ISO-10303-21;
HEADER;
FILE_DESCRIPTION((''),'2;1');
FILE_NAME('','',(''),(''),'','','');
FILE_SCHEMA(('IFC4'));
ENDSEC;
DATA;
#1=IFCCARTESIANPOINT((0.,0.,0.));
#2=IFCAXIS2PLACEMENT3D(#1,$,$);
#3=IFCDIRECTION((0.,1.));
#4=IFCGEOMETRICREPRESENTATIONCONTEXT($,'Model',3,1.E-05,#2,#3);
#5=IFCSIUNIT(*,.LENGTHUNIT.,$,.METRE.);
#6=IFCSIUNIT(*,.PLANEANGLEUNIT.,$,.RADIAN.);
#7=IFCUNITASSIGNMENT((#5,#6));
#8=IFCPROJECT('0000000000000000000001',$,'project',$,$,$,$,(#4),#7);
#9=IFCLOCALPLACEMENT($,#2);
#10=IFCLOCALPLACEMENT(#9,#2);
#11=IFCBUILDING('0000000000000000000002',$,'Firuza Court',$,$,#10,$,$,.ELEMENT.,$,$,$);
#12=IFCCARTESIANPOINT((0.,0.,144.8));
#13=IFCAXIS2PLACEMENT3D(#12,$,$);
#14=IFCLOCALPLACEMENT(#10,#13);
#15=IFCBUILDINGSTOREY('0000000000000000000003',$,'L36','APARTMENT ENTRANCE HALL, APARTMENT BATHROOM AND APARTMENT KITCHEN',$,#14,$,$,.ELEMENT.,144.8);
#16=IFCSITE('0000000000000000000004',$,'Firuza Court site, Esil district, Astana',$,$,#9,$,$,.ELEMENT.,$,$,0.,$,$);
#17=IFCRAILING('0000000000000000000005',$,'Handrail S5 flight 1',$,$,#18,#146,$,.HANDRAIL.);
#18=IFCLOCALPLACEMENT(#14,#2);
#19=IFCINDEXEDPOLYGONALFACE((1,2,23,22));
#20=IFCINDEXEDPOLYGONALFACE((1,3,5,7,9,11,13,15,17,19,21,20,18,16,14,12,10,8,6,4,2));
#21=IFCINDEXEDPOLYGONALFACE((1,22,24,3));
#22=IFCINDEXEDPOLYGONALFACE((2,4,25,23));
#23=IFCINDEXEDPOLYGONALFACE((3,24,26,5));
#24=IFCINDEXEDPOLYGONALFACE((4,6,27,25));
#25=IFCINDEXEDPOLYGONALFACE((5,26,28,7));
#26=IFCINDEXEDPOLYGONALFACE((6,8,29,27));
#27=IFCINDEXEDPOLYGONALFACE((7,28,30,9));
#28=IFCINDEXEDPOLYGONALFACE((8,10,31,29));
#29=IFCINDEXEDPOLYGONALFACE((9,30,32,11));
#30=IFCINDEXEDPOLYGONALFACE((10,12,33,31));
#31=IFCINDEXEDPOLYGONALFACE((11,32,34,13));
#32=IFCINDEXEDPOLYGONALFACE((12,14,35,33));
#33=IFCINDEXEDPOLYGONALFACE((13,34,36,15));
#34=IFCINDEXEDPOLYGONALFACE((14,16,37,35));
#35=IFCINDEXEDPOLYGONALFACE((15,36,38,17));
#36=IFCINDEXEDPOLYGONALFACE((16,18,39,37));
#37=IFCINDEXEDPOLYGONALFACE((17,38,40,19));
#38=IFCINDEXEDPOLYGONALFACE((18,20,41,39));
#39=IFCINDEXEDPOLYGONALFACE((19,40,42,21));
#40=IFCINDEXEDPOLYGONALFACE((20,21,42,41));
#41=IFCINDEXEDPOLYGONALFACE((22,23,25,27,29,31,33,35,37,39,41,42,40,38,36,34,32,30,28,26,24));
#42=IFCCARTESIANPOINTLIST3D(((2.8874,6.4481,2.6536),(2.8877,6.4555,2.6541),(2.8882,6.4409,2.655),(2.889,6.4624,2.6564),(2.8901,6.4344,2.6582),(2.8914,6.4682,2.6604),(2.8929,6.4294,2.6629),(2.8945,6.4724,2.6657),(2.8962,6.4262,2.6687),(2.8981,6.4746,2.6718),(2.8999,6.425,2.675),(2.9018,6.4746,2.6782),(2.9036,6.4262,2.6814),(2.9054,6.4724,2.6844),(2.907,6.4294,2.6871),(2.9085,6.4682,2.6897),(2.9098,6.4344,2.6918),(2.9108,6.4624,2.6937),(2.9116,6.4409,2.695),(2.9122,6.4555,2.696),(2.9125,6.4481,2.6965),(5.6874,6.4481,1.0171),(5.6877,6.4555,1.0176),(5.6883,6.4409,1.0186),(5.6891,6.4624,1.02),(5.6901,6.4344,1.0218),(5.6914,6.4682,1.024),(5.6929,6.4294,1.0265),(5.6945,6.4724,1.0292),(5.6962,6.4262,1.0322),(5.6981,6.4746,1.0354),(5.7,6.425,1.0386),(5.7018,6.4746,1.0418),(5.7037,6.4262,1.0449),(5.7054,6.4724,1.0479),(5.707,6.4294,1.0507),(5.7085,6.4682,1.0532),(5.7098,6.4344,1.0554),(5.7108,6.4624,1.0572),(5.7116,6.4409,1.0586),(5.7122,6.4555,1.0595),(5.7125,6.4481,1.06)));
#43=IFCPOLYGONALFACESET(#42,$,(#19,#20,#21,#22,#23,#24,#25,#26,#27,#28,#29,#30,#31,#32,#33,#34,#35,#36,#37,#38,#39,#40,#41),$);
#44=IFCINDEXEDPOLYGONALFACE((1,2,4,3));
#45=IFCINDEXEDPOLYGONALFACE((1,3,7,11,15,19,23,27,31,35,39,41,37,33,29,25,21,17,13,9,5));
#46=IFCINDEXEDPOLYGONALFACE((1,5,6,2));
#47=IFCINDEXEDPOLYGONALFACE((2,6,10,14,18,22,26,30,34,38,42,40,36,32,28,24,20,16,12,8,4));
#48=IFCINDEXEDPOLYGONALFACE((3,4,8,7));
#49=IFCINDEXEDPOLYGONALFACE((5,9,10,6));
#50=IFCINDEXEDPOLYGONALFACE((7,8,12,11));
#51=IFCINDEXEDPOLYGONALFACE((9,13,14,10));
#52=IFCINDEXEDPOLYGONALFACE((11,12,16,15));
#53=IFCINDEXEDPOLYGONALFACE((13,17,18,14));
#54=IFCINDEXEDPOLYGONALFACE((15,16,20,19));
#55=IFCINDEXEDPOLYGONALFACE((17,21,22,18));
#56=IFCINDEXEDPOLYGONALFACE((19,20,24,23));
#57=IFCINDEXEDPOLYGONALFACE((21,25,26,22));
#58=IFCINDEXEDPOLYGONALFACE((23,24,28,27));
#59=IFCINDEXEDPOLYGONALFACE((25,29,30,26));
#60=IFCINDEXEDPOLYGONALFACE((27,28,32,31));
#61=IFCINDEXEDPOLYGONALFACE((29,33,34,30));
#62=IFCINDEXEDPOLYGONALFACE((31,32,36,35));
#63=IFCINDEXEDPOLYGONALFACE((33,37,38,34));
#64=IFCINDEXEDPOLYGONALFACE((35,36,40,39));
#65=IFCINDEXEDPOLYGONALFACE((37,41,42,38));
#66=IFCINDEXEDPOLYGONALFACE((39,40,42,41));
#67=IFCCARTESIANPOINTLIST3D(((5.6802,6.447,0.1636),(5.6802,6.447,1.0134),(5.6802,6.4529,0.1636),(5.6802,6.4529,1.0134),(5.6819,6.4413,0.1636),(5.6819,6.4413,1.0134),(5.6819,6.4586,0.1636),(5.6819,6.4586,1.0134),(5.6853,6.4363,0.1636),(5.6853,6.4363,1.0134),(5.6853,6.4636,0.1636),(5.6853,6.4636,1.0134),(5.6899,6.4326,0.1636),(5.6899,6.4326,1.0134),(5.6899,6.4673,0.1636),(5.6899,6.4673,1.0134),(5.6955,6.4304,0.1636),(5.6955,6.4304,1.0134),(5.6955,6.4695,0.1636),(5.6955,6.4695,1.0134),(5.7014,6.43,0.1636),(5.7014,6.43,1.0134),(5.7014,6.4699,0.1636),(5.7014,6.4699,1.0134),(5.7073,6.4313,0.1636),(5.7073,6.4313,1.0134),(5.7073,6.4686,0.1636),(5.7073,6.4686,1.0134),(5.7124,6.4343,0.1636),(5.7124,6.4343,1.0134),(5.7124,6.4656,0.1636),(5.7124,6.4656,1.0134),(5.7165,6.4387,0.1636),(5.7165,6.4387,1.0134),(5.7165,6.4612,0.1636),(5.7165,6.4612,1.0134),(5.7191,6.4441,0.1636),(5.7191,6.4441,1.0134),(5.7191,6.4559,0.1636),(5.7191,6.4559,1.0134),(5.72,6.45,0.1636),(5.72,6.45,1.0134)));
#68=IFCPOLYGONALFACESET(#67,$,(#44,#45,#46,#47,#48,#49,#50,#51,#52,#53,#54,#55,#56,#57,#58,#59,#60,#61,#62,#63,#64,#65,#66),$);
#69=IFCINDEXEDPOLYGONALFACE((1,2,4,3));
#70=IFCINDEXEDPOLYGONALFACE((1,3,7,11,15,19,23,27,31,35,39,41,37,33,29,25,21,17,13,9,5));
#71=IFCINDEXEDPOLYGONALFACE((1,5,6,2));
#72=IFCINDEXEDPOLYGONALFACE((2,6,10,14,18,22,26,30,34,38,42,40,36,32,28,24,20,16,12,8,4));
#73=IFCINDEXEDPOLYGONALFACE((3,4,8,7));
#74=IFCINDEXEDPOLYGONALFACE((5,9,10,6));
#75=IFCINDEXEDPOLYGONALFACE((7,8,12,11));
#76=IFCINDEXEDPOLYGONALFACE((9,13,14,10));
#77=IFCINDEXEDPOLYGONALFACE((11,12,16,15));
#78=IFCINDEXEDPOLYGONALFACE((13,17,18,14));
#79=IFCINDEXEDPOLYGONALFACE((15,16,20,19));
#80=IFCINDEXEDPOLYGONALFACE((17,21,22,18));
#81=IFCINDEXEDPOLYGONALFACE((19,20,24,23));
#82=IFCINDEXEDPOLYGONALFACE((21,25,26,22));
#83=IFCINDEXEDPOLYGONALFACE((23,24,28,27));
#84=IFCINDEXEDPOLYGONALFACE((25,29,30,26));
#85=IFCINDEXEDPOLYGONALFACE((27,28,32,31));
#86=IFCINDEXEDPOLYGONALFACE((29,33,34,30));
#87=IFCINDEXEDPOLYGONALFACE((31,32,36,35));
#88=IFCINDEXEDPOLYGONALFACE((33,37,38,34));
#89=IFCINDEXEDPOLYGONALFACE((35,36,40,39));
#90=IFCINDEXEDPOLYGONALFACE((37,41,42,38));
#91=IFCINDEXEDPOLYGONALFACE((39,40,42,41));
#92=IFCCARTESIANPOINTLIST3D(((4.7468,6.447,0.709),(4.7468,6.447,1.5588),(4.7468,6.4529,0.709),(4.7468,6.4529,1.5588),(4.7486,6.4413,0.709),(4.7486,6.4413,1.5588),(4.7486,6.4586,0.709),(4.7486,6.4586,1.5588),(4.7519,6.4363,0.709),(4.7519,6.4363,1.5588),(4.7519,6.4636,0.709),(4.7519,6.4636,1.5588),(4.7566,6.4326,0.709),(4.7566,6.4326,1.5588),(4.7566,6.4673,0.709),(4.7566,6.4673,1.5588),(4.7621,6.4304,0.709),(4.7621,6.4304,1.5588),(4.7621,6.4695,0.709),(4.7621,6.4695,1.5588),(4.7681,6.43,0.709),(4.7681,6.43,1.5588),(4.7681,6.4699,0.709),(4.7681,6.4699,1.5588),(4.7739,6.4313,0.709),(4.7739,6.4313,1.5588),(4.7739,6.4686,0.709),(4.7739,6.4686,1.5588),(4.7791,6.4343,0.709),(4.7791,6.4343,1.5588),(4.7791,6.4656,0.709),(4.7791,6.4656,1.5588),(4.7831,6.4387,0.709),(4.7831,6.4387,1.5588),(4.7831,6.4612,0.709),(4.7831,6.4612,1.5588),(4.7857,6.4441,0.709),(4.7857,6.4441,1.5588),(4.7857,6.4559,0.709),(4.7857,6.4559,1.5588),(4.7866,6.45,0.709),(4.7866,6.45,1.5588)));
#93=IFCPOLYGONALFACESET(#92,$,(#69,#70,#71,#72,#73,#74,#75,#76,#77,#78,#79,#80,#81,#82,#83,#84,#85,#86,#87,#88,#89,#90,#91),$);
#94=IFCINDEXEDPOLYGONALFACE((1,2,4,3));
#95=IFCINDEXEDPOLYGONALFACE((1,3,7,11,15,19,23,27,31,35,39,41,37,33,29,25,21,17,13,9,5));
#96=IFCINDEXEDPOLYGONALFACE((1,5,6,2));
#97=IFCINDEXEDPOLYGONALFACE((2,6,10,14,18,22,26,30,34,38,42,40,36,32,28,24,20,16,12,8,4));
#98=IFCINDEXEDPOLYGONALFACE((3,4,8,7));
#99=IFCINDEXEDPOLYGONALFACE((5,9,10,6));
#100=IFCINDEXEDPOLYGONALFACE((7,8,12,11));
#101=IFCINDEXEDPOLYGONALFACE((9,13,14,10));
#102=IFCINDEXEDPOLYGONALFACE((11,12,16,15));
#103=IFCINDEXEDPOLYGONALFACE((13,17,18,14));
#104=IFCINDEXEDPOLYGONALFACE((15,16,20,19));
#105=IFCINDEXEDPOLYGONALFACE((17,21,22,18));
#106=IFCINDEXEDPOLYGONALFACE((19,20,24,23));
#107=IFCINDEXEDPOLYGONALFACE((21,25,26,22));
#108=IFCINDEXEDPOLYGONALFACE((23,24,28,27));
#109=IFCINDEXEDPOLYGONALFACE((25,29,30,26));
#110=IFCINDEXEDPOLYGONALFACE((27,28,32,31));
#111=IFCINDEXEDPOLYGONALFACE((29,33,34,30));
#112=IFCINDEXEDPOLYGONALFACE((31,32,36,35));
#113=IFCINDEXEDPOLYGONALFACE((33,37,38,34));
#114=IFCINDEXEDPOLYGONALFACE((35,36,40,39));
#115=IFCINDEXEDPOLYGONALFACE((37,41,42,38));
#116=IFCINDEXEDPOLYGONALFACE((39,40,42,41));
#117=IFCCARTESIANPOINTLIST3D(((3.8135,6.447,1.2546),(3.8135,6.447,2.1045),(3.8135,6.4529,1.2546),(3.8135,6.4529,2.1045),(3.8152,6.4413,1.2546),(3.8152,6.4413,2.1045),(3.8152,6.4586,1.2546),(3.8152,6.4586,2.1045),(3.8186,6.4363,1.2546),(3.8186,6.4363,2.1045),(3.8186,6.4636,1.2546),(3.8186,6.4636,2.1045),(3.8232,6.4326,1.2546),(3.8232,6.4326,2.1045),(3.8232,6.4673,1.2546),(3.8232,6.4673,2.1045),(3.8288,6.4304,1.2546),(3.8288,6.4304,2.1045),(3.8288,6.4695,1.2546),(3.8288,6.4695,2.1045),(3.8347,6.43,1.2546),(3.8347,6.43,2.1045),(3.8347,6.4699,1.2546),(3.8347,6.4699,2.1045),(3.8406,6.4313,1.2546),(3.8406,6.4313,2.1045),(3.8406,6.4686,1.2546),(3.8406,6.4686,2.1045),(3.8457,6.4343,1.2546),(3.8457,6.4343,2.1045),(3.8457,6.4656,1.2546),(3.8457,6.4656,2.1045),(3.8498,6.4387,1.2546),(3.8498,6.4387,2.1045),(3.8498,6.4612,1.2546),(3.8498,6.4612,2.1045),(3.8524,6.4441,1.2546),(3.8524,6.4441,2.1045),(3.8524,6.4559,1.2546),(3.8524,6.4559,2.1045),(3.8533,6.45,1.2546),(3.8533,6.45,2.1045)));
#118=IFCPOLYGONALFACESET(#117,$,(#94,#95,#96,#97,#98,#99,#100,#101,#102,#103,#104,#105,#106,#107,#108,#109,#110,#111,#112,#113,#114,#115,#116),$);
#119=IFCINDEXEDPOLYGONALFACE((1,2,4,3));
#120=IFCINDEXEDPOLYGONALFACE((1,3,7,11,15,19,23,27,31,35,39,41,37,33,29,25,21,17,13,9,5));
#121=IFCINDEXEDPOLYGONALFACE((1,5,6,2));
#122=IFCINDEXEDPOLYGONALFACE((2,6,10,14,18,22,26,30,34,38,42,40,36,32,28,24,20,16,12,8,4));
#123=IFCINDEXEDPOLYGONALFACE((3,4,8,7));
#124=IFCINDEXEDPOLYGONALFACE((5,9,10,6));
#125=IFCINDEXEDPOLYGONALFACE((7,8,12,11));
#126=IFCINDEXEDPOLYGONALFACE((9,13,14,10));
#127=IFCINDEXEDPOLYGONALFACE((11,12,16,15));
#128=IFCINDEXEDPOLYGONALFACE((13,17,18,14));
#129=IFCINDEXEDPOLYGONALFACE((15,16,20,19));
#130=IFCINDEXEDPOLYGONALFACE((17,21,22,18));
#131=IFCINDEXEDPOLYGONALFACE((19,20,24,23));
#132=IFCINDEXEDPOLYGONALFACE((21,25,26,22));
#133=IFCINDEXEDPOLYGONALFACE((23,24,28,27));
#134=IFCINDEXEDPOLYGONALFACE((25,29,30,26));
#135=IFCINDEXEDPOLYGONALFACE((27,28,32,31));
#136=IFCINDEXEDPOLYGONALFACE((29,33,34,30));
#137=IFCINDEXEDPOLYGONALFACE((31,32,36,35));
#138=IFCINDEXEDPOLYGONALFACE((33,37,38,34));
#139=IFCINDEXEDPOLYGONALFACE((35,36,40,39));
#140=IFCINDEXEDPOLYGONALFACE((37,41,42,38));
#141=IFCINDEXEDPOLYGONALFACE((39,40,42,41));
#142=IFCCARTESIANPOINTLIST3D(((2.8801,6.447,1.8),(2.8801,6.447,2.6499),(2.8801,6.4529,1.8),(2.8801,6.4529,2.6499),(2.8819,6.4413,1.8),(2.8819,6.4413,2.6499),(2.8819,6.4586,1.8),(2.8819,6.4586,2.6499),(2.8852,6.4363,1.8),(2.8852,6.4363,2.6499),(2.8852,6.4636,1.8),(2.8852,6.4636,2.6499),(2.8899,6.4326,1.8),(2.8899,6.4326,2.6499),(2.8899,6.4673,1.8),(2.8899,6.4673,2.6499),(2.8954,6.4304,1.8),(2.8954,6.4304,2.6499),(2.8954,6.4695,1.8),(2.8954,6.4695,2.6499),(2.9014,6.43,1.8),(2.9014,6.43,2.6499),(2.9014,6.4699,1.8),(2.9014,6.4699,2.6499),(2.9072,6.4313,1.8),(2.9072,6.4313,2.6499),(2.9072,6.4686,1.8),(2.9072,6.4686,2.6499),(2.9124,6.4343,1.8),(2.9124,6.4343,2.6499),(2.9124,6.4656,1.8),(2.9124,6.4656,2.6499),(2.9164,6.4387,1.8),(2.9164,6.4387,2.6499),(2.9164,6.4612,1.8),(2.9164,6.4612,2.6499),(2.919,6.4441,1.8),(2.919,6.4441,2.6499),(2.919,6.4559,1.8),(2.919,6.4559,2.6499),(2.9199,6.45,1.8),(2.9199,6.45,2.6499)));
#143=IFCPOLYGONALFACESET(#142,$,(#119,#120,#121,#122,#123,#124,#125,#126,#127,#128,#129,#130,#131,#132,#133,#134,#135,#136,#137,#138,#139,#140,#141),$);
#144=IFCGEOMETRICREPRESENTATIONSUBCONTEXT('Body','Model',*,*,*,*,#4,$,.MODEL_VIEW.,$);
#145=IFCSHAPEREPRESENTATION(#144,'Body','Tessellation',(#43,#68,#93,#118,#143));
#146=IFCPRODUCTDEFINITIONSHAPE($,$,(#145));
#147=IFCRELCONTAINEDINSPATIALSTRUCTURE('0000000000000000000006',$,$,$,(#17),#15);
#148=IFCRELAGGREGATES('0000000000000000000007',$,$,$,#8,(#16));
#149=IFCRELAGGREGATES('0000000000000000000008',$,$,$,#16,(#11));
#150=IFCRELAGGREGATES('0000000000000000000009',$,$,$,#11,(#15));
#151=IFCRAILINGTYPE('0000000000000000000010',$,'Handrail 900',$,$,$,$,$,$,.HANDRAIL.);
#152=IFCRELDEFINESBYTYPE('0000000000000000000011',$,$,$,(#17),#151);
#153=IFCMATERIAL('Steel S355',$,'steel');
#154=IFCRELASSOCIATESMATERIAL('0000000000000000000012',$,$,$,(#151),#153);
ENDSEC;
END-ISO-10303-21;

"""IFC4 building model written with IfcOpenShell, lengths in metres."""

from ifc_helpers import new_model, si_unit, direction, frame, origin, origin_2d, place, context, subcontext, project, spatial, circle, extrude, material, type_object, element, save


model = new_model("IFC4")

# Units and contexts
model_context = context("Model", 3, precision=1e-05, world=origin(), true_north=direction((0.0, 1.0)))
body_context = subcontext(model_context, "Body", "Model", "MODEL_VIEW")
ifc_project = project(units=[si_unit("LENGTHUNIT", "METRE"), si_unit("PLANEANGLEUNIT", "RADIAN")], contexts=[model_context])

# Site, building, storey
site_placement = place(None, origin())
site = spatial("IfcSite", under=ifc_project, at=site_placement, Name="Firuza Court site, Esil district, Astana", CompositionType="ELEMENT", RefElevation=0.0)
building_placement = place(site_placement, origin())
building = spatial("IfcBuilding", under=site, at=building_placement, Name="Firuza Court", CompositionType="ELEMENT")
storey_placement = place(building_placement, frame((0.0, 0.0, 144.8)))
storey = spatial("IfcBuildingStorey", under=building, at=storey_placement, Name="L36", Description="APARTMENT ENTRANCE HALL, APARTMENT BATHROOM AND APARTMENT KITCHEN", CompositionType="ELEMENT", Elevation=144.8)

# Railing
ifc_material_1 = material(Name="Steel S355", Category="steel")
railing_type_1 = type_object("IfcRailingType", Name="Handrail 900", PredefinedType="HANDRAIL", material=ifc_material_1)
railing_1_placement = place(storey_placement, frame((5.7, 6.45, 0.1636)))
element("IfcRailing", 1, at=railing_1_placement, inside=storey, type_object=railing_type_1, Name="Handrail S5 flight 1", PredefinedType="HANDRAIL", context=body_context, shape_type="SweptSolid", body=[
    extrude(circle(Radius=0.0249, at=origin_2d()), frame((0.0, 0.0, 0.875), z_axis=(-0.863361, 0.0, 0.504587), x_axis=(0.0, -1.0, 0.0)), (0.0, 0.0, 1.0), 3.2432),
    extrude(circle(Radius=0.02, at=origin_2d()), origin(), (0.0, 0.0, 1.0), 0.8499),
    extrude(circle(Radius=0.02, at=origin_2d()), frame((-0.9333, 0.0, 0.5454)), (0.0, 0.0, 1.0), 0.8499),
    extrude(circle(Radius=0.02, at=origin_2d()), frame((-1.8667, 0.0, 1.0911)), (0.0, 0.0, 1.0), 0.8499),
    extrude(circle(Radius=0.02, at=origin_2d()), frame((-2.8, 0.0, 1.6365)), (0.0, 0.0, 1.0), 0.8499),
])

save(model, "model.ifc")
